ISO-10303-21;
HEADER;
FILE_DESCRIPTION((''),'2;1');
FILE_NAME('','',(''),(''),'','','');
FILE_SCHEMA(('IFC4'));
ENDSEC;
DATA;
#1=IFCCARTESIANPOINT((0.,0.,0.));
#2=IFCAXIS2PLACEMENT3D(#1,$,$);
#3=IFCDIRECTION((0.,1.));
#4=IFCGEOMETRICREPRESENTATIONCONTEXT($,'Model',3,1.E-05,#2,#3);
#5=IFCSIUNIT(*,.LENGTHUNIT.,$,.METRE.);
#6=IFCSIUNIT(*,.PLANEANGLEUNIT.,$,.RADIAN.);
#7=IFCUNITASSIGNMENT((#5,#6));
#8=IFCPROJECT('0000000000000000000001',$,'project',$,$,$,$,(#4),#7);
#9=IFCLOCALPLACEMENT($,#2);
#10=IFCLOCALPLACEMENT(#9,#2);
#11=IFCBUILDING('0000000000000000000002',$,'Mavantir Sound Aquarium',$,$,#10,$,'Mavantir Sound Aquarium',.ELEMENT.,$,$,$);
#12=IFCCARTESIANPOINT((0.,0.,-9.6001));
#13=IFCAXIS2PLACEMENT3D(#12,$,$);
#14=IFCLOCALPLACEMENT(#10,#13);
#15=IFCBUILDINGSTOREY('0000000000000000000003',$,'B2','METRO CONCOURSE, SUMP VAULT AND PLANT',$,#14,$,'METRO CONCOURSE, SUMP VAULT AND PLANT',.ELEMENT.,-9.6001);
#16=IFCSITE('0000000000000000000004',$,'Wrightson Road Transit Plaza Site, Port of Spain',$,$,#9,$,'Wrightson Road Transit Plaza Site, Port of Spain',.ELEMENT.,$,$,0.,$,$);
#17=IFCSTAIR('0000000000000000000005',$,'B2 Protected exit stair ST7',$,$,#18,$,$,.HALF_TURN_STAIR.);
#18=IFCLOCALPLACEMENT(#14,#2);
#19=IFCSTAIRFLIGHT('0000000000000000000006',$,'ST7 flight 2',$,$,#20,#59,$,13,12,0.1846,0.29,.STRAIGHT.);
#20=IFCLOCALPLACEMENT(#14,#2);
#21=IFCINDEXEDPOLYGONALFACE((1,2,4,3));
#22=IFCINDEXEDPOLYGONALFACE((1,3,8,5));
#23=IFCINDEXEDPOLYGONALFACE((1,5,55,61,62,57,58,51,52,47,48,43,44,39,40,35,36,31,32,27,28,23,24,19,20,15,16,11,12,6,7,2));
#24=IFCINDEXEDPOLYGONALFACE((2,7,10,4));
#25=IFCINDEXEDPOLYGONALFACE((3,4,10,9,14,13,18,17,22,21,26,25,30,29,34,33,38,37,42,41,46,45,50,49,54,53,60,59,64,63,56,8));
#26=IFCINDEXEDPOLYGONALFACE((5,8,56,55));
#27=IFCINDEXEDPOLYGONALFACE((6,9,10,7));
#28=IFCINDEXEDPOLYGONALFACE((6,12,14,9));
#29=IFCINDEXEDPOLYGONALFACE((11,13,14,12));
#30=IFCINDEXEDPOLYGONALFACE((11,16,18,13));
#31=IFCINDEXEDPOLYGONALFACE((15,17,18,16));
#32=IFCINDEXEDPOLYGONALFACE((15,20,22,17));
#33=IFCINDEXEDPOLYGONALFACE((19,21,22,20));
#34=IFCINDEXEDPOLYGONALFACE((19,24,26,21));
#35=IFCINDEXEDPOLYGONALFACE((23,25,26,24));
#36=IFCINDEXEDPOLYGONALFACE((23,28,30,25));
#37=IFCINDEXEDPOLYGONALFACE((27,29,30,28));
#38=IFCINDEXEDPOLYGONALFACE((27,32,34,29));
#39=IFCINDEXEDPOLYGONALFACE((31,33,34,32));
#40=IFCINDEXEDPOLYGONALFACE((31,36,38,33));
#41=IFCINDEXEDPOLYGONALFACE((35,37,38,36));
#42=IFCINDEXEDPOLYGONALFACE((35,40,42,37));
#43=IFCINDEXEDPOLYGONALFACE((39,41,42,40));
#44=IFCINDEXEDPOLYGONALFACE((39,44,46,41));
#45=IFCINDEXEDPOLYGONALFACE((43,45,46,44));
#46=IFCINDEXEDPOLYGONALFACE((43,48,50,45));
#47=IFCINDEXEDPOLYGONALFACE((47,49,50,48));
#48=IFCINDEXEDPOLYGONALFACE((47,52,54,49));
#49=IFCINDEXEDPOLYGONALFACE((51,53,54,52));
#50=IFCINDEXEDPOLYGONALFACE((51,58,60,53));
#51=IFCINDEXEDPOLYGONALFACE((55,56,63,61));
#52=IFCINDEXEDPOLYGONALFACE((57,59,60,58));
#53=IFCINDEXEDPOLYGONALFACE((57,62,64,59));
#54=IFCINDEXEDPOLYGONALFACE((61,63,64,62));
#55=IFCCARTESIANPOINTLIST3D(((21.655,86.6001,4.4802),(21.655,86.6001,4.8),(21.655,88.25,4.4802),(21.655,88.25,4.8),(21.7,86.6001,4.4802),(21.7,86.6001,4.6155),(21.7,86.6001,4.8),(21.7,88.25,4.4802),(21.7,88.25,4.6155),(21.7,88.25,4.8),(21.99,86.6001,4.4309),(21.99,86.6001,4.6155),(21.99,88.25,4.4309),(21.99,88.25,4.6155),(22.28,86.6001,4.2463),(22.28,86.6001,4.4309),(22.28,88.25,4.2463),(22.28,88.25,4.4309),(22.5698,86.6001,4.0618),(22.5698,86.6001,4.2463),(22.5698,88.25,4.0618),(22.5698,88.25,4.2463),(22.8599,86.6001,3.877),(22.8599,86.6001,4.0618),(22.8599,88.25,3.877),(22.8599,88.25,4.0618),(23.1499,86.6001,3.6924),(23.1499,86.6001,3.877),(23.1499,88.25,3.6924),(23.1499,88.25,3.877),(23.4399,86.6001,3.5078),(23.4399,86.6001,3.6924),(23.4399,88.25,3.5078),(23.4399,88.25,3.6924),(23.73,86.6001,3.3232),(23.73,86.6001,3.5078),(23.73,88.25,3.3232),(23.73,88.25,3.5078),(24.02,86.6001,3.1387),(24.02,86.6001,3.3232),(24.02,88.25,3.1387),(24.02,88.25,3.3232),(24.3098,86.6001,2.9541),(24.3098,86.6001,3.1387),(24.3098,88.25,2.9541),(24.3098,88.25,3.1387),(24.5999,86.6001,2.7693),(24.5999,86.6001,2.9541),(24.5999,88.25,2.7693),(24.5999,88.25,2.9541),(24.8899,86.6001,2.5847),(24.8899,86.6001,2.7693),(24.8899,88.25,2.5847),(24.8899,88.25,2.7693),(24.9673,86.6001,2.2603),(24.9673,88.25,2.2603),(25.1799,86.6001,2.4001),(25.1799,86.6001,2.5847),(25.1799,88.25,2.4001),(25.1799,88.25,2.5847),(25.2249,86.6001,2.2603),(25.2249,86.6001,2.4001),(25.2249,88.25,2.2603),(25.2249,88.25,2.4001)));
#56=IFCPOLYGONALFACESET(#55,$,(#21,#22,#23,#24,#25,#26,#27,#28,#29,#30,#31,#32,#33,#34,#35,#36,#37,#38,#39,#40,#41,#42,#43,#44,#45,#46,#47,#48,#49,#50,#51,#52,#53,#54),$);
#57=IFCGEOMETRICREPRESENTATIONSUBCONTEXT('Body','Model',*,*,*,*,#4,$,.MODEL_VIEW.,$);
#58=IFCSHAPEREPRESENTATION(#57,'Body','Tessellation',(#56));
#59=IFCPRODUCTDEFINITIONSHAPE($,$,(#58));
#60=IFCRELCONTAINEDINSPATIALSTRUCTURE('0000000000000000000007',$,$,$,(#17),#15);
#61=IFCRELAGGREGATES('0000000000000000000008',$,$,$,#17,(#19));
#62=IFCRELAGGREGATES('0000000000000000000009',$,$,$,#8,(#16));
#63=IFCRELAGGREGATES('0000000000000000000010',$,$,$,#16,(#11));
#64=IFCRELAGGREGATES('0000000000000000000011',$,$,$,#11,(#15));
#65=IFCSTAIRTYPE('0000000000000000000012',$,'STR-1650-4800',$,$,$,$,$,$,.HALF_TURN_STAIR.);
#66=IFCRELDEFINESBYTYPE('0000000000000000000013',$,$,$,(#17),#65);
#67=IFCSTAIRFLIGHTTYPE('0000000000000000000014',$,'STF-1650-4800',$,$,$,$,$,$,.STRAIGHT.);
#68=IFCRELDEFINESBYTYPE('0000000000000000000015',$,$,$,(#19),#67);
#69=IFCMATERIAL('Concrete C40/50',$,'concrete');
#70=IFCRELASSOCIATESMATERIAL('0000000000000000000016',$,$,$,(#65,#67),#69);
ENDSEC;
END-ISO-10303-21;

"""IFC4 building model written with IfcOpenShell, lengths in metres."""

from ifc_helpers import new_model, si_unit, direction, frame, origin, place, context, subcontext, project, spatial, polyline, outline, extrude, material, type_object, element, aggregate, save


model = new_model("IFC4")

# Units and contexts
model_context = context("Model", 3, precision=1e-05, world=origin(), true_north=direction((0.0, 1.0)))
body_context = subcontext(model_context, "Body", "Model", "MODEL_VIEW")
ifc_project = project(units=[si_unit("LENGTHUNIT", "METRE"), si_unit("PLANEANGLEUNIT", "RADIAN")], contexts=[model_context])

# Site, building, storey
site_placement = place(None, origin())
site = spatial("IfcSite", under=ifc_project, at=site_placement, Name="Wrightson Road Transit Plaza Site, Port of Spain", LongName="Wrightson Road Transit Plaza Site, Port of Spain", CompositionType="ELEMENT", RefElevation=0.0)
building_placement = place(site_placement, origin())
building = spatial("IfcBuilding", under=site, at=building_placement, Name="Mavantir Sound Aquarium", LongName="Mavantir Sound Aquarium", CompositionType="ELEMENT")
storey_placement = place(building_placement, frame((0.0, 0.0, -9.6001)))
storey = spatial("IfcBuildingStorey", under=building, at=storey_placement, Name="B2", Description="METRO CONCOURSE, SUMP VAULT AND PLANT", LongName="METRO CONCOURSE, SUMP VAULT AND PLANT", CompositionType="ELEMENT", Elevation=-9.6001)

# Shared definitions
ifc_material_1 = material(Name="Concrete C40/50", Category="concrete")

# Stair, stair flight
stair_type = type_object("IfcStairType", Name="STR-1650-4800", PredefinedType="HALF_TURN_STAIR", material=ifc_material_1)
stair_placement = place(storey_placement, origin())
stair = element("IfcStair", 1, at=stair_placement, inside=storey, type_object=stair_type, Name="B2 Protected exit stair ST7", PredefinedType="HALF_TURN_STAIR")
stair_flight_type = type_object("IfcStairFlightType", Name="STF-1650-4800", PredefinedType="STRAIGHT", material=ifc_material_1)
stair_flight_1_placement = place(storey_placement, frame((25.1799, 87.425, 2.4001), z_axis=(0.0, 0.0, 1.0), x_axis=(-1.0, 0.0, 0.0)))
stair_flight_1 = element("IfcStairFlight", 2, at=stair_flight_1_placement, type_object=stair_flight_type, Name="ST7 flight 2", NumberOfRisers=13, NumberOfTreads=12, PredefinedType="STRAIGHT", RiserHeight=0.1846, TreadLength=0.29, context=body_context, shape_type="SweptSolid", body=[
    extrude(outline(polyline([(-0.0449, -0.1399), (-0.0449, 0.0), (0.0, 0.0), (0.0, 0.1846), (0.29, 0.1846), (0.29, 0.3691), (0.5801, 0.3691), (0.5801, 0.554), (0.8701, 0.554), (0.8701, 0.7385), (1.1599, 0.7385), (1.1599, 0.9231), (1.45, 0.9231), (1.45, 1.1077), (1.74, 1.1077), (1.74, 1.2922), (2.03, 1.2922), (2.03, 1.4768), (2.3201, 1.4768), (2.3201, 1.6616), (2.6101, 1.6616), (2.6101, 1.8462), (2.8999, 1.8462), (2.8999, 2.0308), (3.1899, 2.0308), (3.1899, 2.2153), (3.48, 2.2153), (3.48, 2.3999), (3.5249, 2.3999), (3.5249, 2.0801), (3.48, 2.0801), (0.2126, -0.1399), (-0.0449, -0.1399)])), frame((0.0, 0.825, 0.0), z_axis=(0.0, -1.0, 0.0), x_axis=(1.0, 0.0, 0.0)), (0.0, 0.0, 1.0), 1.6499),
])
aggregate(stair, [stair_flight_1])

save(model, "model.ifc")
